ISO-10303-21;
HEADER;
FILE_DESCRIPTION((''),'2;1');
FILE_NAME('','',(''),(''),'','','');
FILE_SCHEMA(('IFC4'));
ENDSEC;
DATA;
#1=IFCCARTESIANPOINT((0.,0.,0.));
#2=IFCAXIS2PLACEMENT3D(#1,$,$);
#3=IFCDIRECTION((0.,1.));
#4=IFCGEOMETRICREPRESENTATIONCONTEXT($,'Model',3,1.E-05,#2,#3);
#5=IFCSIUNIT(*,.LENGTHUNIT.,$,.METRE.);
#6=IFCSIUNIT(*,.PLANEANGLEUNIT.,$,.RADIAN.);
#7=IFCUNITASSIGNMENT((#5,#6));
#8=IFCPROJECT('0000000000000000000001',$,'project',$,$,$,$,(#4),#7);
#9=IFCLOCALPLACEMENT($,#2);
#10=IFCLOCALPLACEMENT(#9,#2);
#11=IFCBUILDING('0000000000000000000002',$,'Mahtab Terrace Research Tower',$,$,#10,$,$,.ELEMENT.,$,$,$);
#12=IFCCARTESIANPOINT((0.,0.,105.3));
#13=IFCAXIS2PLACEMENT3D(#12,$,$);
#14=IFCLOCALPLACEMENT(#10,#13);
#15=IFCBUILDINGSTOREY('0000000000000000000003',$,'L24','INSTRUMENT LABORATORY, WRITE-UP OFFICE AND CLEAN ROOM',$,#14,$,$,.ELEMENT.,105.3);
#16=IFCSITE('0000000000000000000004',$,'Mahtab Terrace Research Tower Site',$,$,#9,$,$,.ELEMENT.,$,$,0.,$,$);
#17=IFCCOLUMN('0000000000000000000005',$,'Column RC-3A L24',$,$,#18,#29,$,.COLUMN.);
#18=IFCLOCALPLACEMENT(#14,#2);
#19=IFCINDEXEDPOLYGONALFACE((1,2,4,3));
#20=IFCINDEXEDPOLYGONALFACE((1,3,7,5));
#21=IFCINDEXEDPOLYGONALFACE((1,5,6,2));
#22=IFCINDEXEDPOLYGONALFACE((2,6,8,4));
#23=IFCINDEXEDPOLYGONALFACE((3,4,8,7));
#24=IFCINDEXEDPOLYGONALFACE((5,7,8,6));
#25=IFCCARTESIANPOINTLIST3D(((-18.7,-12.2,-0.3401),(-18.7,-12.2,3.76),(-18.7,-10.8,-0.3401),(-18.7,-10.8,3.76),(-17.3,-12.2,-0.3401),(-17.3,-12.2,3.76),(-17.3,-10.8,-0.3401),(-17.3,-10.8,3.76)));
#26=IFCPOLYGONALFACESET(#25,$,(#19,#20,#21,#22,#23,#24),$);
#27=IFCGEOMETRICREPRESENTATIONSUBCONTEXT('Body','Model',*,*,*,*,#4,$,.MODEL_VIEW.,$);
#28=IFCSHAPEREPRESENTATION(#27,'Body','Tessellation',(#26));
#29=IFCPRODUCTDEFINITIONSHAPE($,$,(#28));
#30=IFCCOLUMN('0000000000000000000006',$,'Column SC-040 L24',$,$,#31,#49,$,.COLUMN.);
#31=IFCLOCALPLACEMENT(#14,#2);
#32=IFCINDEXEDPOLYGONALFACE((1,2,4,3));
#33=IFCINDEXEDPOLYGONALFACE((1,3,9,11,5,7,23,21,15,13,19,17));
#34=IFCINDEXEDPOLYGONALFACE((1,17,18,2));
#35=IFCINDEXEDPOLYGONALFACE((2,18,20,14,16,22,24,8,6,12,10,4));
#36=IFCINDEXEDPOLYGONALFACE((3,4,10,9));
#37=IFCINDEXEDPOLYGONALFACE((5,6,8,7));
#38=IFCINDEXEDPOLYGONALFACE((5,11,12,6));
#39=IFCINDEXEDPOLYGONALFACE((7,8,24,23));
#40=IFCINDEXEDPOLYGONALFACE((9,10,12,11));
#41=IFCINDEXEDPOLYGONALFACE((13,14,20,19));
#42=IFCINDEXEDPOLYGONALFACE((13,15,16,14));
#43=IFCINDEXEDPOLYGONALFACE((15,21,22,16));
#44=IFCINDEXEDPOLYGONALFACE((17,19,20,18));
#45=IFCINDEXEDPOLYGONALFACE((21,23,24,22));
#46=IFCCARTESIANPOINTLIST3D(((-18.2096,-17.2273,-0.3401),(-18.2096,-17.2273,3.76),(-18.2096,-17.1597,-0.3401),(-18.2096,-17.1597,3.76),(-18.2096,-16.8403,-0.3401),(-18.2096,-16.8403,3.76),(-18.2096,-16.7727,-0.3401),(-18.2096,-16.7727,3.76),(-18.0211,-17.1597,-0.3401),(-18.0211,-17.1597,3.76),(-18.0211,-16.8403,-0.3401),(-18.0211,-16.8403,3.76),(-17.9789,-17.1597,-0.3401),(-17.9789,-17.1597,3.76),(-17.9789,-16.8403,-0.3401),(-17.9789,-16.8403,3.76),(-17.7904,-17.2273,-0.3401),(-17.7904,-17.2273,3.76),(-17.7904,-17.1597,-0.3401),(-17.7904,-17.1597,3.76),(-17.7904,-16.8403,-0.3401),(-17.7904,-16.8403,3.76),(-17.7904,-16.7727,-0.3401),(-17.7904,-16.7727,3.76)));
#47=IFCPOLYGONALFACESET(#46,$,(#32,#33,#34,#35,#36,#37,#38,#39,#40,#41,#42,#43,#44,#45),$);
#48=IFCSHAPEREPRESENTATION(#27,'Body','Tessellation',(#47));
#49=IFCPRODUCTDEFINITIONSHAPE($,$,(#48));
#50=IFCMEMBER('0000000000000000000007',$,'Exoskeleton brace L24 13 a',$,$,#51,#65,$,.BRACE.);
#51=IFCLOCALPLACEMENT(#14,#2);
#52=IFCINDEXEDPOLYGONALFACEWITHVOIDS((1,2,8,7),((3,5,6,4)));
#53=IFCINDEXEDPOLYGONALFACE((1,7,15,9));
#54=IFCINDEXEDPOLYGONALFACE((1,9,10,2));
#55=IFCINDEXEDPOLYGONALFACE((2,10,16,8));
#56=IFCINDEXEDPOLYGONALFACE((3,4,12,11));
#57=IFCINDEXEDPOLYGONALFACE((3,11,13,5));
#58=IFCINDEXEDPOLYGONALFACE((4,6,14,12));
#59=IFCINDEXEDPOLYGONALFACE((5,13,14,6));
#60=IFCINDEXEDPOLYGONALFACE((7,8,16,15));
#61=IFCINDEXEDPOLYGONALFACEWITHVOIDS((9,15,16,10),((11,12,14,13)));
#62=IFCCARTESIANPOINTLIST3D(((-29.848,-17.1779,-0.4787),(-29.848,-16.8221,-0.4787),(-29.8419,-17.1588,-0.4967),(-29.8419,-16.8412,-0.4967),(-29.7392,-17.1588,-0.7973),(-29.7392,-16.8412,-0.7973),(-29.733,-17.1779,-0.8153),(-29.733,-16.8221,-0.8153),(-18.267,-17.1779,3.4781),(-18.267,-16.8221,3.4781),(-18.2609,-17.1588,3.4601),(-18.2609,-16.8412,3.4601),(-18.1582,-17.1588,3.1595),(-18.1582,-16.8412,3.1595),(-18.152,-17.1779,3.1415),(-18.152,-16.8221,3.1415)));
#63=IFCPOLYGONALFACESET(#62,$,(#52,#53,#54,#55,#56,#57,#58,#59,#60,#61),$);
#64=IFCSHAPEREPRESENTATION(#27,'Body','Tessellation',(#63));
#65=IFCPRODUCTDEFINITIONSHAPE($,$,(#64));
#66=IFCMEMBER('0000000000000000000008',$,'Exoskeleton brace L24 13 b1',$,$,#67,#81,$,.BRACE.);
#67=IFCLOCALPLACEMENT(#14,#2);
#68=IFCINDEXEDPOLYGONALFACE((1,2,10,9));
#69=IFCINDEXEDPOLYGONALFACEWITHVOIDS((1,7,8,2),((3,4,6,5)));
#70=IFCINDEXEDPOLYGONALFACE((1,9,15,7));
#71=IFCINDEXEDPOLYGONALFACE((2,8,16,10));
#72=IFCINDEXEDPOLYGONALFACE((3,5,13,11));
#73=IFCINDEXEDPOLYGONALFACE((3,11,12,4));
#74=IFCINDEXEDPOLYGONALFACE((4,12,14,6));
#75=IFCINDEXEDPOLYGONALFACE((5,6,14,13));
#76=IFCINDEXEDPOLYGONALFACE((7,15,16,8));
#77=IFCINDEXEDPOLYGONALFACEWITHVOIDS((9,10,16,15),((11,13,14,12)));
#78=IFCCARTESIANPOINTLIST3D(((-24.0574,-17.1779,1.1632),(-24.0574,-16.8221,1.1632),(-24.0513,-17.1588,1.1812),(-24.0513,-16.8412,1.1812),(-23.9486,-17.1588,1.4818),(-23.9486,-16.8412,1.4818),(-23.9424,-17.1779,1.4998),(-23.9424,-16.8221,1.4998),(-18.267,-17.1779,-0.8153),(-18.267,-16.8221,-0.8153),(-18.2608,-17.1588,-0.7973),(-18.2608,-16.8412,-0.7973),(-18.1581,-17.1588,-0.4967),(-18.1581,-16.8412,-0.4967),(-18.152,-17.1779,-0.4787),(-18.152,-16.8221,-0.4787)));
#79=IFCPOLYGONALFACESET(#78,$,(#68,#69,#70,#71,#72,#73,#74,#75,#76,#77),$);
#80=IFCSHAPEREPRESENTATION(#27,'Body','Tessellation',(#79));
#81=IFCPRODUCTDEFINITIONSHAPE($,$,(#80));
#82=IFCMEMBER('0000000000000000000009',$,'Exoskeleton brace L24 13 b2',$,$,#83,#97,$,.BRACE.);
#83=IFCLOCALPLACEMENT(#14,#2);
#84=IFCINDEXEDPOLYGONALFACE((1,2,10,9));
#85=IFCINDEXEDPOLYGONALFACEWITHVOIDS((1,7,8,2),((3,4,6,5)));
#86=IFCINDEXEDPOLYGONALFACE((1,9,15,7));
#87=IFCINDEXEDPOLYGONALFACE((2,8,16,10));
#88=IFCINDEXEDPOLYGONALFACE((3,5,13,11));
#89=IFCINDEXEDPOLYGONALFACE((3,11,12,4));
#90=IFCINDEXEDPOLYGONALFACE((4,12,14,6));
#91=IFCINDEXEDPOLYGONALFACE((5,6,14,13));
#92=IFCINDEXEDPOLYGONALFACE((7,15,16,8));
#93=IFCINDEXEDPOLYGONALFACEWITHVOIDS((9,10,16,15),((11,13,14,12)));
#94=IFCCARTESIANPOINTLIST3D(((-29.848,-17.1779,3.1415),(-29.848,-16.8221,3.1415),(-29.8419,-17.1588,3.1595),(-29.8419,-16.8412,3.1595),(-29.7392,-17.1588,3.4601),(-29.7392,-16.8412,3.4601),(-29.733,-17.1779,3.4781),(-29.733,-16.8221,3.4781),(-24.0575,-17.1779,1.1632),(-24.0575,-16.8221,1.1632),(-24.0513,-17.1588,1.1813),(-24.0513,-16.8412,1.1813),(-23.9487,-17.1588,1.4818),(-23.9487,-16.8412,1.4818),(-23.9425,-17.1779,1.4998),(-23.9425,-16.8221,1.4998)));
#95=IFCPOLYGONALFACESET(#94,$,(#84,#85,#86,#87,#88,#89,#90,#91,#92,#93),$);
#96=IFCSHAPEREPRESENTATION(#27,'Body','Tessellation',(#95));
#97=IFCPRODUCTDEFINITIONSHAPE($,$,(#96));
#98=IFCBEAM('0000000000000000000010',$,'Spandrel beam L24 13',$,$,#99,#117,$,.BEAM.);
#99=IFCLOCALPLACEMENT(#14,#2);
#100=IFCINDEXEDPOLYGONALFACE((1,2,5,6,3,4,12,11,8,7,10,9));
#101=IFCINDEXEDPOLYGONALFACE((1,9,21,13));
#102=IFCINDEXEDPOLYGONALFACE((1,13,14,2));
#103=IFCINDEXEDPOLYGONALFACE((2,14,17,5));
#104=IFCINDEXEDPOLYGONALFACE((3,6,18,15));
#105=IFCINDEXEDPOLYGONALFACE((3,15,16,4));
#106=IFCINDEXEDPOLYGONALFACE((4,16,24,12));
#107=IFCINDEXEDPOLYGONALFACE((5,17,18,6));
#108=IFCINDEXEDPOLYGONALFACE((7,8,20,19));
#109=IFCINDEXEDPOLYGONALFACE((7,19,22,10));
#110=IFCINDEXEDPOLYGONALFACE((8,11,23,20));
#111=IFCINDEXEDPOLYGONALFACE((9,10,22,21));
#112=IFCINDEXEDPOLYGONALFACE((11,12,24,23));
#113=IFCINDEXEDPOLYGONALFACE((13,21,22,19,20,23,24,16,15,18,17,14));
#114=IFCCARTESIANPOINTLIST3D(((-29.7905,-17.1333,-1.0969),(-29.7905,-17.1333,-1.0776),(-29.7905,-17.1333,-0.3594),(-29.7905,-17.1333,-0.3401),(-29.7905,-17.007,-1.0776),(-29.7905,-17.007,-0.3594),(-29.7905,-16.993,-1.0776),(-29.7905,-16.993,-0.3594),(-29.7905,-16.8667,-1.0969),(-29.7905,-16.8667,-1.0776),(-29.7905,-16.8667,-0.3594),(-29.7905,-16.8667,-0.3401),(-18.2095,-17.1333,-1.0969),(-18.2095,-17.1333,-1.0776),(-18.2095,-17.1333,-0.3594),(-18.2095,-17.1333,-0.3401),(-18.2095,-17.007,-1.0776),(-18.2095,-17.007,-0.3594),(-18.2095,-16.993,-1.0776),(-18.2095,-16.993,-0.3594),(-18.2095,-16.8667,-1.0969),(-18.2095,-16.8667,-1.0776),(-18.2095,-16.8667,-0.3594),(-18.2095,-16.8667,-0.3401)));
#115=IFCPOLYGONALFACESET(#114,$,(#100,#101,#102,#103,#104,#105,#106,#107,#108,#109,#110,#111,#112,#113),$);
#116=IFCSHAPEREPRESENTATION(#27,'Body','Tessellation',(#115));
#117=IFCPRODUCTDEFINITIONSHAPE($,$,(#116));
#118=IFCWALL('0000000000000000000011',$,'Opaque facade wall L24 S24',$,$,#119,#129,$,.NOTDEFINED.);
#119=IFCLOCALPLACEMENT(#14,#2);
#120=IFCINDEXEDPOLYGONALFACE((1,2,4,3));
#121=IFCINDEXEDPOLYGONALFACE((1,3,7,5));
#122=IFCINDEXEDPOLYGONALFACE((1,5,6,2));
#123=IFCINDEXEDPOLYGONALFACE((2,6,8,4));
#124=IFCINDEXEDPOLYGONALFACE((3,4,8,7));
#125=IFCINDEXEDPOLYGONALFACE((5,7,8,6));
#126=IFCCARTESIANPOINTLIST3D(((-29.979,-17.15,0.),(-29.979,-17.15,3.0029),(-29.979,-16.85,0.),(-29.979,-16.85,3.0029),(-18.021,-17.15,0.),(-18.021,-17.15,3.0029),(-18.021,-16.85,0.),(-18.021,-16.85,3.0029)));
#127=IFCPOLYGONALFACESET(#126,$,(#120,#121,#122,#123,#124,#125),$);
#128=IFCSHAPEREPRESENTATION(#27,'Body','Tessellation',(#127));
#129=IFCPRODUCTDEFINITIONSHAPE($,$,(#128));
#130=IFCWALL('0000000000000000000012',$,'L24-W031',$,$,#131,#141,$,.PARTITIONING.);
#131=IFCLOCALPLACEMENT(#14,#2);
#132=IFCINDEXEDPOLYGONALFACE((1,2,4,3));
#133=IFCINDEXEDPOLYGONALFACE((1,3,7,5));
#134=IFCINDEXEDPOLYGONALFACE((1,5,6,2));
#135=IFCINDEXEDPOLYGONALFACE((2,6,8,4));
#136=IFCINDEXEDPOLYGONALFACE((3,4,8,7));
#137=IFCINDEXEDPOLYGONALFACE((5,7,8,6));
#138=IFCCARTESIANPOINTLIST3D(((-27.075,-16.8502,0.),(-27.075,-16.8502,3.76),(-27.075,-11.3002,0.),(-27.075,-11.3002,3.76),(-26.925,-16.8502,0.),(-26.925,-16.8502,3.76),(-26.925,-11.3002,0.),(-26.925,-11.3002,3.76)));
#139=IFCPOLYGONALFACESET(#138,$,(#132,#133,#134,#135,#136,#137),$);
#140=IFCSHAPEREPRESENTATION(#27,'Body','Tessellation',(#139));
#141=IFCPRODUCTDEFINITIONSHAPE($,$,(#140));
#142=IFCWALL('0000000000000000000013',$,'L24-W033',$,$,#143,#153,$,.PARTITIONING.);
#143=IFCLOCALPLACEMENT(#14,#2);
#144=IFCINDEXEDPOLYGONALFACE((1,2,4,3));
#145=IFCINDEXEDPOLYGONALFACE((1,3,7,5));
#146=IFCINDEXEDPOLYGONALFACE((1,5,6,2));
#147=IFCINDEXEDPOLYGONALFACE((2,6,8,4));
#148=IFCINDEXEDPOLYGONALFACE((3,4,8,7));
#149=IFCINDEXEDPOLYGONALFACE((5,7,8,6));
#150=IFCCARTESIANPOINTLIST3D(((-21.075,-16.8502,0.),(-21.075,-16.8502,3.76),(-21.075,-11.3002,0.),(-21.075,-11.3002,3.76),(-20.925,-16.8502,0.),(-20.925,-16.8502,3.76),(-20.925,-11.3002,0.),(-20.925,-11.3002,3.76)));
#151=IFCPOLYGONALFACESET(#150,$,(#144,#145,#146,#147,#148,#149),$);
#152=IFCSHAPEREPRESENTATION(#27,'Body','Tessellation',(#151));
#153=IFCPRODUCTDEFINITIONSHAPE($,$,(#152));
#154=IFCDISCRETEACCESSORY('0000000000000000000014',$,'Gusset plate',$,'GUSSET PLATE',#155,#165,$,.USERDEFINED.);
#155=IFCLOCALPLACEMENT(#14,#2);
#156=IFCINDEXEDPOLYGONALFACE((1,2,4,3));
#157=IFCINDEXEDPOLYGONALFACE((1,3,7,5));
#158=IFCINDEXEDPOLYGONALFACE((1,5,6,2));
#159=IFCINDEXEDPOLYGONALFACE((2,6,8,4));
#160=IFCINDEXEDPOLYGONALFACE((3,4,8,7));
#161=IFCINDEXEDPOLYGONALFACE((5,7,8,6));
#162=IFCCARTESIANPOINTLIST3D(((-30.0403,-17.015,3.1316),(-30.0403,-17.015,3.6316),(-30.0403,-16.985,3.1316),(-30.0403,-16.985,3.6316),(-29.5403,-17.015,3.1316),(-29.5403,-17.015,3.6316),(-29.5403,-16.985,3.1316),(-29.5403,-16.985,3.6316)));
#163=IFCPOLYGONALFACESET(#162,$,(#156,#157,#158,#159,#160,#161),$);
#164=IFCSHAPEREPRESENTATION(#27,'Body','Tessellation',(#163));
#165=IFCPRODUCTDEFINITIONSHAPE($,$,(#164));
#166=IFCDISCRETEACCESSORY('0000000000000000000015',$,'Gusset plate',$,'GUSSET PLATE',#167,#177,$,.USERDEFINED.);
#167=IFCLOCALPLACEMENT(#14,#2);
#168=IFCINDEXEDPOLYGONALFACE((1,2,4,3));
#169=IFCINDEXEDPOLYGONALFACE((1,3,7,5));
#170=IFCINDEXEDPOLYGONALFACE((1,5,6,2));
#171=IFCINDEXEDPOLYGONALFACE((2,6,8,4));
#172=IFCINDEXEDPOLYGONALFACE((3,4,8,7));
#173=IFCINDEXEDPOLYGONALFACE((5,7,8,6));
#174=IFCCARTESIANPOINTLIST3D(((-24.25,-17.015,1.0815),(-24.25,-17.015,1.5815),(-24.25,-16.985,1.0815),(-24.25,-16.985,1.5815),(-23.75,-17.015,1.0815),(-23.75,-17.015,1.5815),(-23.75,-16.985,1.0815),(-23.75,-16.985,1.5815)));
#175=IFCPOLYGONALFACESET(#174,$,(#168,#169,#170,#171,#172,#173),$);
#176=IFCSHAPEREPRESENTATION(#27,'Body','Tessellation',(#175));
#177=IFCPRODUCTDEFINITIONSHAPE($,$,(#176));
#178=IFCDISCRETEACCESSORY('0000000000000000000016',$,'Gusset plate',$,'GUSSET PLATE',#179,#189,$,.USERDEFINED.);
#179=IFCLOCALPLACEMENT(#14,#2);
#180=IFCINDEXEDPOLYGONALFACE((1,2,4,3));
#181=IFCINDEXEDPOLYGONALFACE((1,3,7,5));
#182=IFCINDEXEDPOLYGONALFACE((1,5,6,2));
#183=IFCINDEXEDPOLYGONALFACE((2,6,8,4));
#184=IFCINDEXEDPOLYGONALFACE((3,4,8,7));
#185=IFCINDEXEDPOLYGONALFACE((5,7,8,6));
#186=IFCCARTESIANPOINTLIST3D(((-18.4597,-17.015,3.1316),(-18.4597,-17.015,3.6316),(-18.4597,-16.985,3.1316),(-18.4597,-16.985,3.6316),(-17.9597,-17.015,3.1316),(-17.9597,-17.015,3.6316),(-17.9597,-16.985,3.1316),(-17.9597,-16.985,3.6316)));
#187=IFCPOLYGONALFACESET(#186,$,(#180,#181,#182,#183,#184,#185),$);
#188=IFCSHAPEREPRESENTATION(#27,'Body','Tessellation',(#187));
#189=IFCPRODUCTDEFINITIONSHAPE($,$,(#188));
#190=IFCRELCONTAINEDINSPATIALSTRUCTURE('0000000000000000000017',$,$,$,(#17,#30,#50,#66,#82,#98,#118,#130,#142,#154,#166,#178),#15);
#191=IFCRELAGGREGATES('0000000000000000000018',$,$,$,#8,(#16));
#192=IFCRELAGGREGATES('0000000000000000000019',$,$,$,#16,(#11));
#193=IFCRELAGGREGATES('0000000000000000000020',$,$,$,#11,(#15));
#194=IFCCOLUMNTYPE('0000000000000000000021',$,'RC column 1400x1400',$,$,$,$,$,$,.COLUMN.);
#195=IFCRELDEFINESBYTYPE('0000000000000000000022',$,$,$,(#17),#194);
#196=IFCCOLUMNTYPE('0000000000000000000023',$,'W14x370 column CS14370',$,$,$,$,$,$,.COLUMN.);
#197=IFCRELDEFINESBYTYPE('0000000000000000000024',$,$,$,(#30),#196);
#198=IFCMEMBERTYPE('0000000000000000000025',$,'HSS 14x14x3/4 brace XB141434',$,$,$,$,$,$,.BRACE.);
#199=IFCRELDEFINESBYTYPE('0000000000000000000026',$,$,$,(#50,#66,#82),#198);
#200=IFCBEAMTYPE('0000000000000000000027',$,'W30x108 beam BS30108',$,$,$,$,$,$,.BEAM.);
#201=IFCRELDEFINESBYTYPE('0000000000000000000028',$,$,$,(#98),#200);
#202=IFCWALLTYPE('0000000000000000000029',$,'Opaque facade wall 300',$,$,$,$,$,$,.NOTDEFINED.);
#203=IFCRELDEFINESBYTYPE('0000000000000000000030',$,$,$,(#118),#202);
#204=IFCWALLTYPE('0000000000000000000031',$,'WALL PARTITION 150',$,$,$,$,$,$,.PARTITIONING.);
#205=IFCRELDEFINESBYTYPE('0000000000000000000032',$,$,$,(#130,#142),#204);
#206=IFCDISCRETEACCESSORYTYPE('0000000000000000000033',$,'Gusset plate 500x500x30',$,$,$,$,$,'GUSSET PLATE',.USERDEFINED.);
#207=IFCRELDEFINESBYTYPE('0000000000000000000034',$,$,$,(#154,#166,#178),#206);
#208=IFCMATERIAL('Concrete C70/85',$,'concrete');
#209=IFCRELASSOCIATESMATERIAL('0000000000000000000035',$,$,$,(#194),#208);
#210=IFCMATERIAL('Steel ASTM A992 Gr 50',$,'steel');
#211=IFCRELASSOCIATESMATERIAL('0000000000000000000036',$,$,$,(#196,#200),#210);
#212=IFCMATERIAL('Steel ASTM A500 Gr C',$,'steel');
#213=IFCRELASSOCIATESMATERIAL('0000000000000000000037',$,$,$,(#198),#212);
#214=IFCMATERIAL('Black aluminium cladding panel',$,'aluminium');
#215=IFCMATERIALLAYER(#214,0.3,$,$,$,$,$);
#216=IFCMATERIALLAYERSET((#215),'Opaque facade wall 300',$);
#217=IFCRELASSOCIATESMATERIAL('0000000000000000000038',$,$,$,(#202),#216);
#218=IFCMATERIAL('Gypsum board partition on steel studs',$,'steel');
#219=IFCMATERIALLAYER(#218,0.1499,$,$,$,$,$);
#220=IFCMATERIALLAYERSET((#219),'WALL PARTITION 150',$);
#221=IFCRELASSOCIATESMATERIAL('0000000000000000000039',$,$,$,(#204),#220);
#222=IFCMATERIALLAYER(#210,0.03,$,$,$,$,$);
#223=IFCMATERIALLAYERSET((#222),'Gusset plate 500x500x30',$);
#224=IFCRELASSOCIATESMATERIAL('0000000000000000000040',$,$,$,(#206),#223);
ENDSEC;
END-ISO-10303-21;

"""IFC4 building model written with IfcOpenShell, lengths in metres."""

from ifc_helpers import new_model, si_unit, direction, frame, frame_2d, origin, origin_2d, place, context, subcontext, project, spatial, rectangle, hollow_rectangle, i_section, extrude, material, layer, layer_set, material_profile, profile_set, type_object, element, save


model = new_model("IFC4")

# Units and contexts
model_context = context("Model", 3, precision=1e-05, world=origin(), true_north=direction((0.0, 1.0)))
body_context = subcontext(model_context, "Body", "Model", "MODEL_VIEW")
ifc_project = project(units=[si_unit("LENGTHUNIT", "METRE"), si_unit("PLANEANGLEUNIT", "RADIAN")], contexts=[model_context])

# Site, building, storey
site_placement = place(None, origin())
site = spatial("IfcSite", under=ifc_project, at=site_placement, Name="Mahtab Terrace Research Tower Site", CompositionType="ELEMENT", RefElevation=0.0)
building_placement = place(site_placement, origin())
building = spatial("IfcBuilding", under=site, at=building_placement, Name="Mahtab Terrace Research Tower", CompositionType="ELEMENT")
storey_placement = place(building_placement, frame((0.0, 0.0, 105.3)))
storey = spatial("IfcBuildingStorey", under=building, at=storey_placement, Name="L24", Description="INSTRUMENT LABORATORY, WRITE-UP OFFICE AND CLEAN ROOM", CompositionType="ELEMENT", Elevation=105.3)

# Columns
ifc_material_1 = material(Name="Concrete C70/85", Category="concrete")
ifc_material_profile_1 = material_profile(ifc_material_1, rectangle(XDim=1.3999, YDim=1.3999, at=origin_2d()), Name="RC column 1400x1400")
ifc_profile_set_1 = profile_set([ifc_material_profile_1], Name="Concrete C70/85")
column_type_1 = type_object("IfcColumnType", Name="RC column 1400x1400", PredefinedType="COLUMN", material=ifc_profile_set_1)
column_1_placement = place(storey_placement, frame((-18.0, -11.5, -0.3401), z_axis=(0.0, 0.0, 1.0), x_axis=(1.0, 0.0, 0.0)))
element("IfcColumn", 1, at=column_1_placement, inside=storey, type_object=column_type_1, Name="Column RC-3A L24", PredefinedType="COLUMN", context=body_context, shape_type="SweptSolid", body=[
    extrude(rectangle(XDim=1.3999, YDim=1.3999, at=origin_2d()), origin(), (0.0, 0.0, 1.0), 4.1001),
])
ifc_material_2 = material(Name="Steel ASTM A992 Gr 50", Category="steel")
ifc_material_profile_2 = material_profile(ifc_material_2, i_section(OverallWidth=0.4192, OverallDepth=0.4546, WebThickness=0.0422, FlangeThickness=0.0676, at=origin_2d()), Name="W14X370")
ifc_profile_set_2 = profile_set([ifc_material_profile_2], Name="Steel ASTM A992 Gr 50")
column_type_2 = type_object("IfcColumnType", Name="W14x370 column CS14370", PredefinedType="COLUMN", material=ifc_profile_set_2)
column_2_placement = place(storey_placement, frame((-18.0, -17.0, -0.3401), z_axis=(0.0, 0.0, 1.0), x_axis=(1.0, 0.0, 0.0)))
element("IfcColumn", 2, at=column_2_placement, inside=storey, type_object=column_type_2, Name="Column SC-040 L24", PredefinedType="COLUMN", context=body_context, shape_type="SweptSolid", body=[
    extrude(i_section(OverallWidth=0.4192, OverallDepth=0.4546, WebThickness=0.0422, FlangeThickness=0.0676, at=origin_2d()), origin(), (0.0, 0.0, 1.0), 4.1001),
])

# Members
ifc_material_3 = material(Name="Steel ASTM A500 Gr C", Category="steel")
ifc_material_profile_3 = material_profile(ifc_material_3, hollow_rectangle(XDim=0.3557, YDim=0.3557, WallThickness=0.019, at=origin_2d()), Name="HSS14X14X3/4")
ifc_profile_set_3 = profile_set([ifc_material_profile_3], Name="Steel ASTM A500 Gr C")
member_type = type_object("IfcMemberType", Name="HSS 14x14x3/4 brace XB141434", PredefinedType="BRACE", material=ifc_profile_set_3)
member_placement = place(storey_placement, frame((-29.7905, -17.0, -0.647), z_axis=(0.946293, 0.0, 0.323311), x_axis=(0.0, 1.0, 0.0)))
element("IfcMember", 3, at=member_placement, inside=storey, type_object=member_type, Name="Exoskeleton brace L24 13 a", PredefinedType="BRACE", context=body_context, shape_type="SweptSolid", body=[
    extrude(hollow_rectangle(XDim=0.3557, YDim=0.3557, WallThickness=0.019, at=origin_2d()), origin(), (0.0, 0.0, 1.0), 12.2383),
])
for number, where, z_axis, x_axis, name in (
    (4, (-18.2095, -17.0, -0.647), (-0.946287, 0.0, 0.323329), (0.0, -1.0, 0.0), "Exoskeleton brace L24 13 b1"),
    (5, (-24.0, -17.0, 1.3315), (-0.946299, 0.0, 0.323293), (0.0, -1.0, 0.0), "Exoskeleton brace L24 13 b2"),
):
    element("IfcMember", number, at=place(storey_placement, frame(where, z_axis=z_axis, x_axis=x_axis)), inside=storey, type_object=member_type, Name=name, PredefinedType="BRACE", context=body_context, shape_type="SweptSolid", body=[
        extrude(hollow_rectangle(XDim=0.3557, YDim=0.3557, WallThickness=0.019, at=origin_2d()), origin(), (0.0, 0.0, 1.0), 6.1191),
    ])

# Beam
ifc_material_profile_4 = material_profile(ifc_material_2, i_section(OverallWidth=0.2666, OverallDepth=0.7568, WebThickness=0.0139, FlangeThickness=0.0193, at=origin_2d()), Name="W30X108")
ifc_profile_set_4 = profile_set([ifc_material_profile_4], Name="Steel ASTM A992 Gr 50")
beam_type = type_object("IfcBeamType", Name="W30x108 beam BS30108", PredefinedType="BEAM", material=ifc_profile_set_4)
beam_placement = place(storey_placement, frame((-29.7905, -17.0, -0.7185), z_axis=(1.0, 0.0, 0.0), x_axis=(0.0, 1.0, 0.0)))
element("IfcBeam", 6, at=beam_placement, inside=storey, type_object=beam_type, Name="Spandrel beam L24 13", PredefinedType="BEAM", context=body_context, shape_type="SweptSolid", body=[
    extrude(i_section(OverallWidth=0.2666, OverallDepth=0.7568, WebThickness=0.0139, FlangeThickness=0.0193, at=origin_2d()), origin(), (0.0, 0.0, 1.0), 11.5811),
])

# Walls
ifc_material_4 = material(Name="Black aluminium cladding panel", Category="aluminium")
ifc_layer_1 = layer(ifc_material_4, 0.3)
ifc_layer_set_1 = layer_set([ifc_layer_1], Name="Opaque facade wall 300")
wall_type_1 = type_object("IfcWallType", Name="Opaque facade wall 300", PredefinedType="NOTDEFINED", material=ifc_layer_set_1)
wall_placement = place(storey_placement, frame((-29.979, -17.0, 0.0), z_axis=(0.0, 0.0, 1.0), x_axis=(1.0, 0.0, 0.0)))
element("IfcWall", 7, at=wall_placement, inside=storey, type_object=wall_type_1, Name="Opaque facade wall L24 S24", PredefinedType="NOTDEFINED", context=body_context, shape_type="SweptSolid", body=[
    extrude(rectangle(XDim=11.958, YDim=0.3, at=frame_2d((5.979, 0.0))), origin(), (0.0, 0.0, 1.0), 3.0029),
])
ifc_material_5 = material(Name="Gypsum board partition on steel studs", Category="steel")
ifc_layer_2 = layer(ifc_material_5, 0.1499)
ifc_layer_set_2 = layer_set([ifc_layer_2], Name="WALL PARTITION 150")
wall_type_2 = type_object("IfcWallType", Name="WALL PARTITION 150", PredefinedType="PARTITIONING", material=ifc_layer_set_2)
for number, where, z_axis, x_axis, name in (
    (8, (-27.0, -16.8501, 0.0), (0.0, 0.0, 1.0), (0.0, 1.0, 0.0), "L24-W031"),
    (9, (-21.0, -16.8501, 0.0), (0.0, 0.0, 1.0), (0.0, 1.0, 0.0), "L24-W033"),
):
    element("IfcWall", number, at=place(storey_placement, frame(where, z_axis=z_axis, x_axis=x_axis)), inside=storey, type_object=wall_type_2, Name=name, PredefinedType="PARTITIONING", context=body_context, shape_type="SweptSolid", body=[
        extrude(rectangle(XDim=5.55, YDim=0.1499, at=frame_2d((2.7749, 0.0))), origin(), (0.0, 0.0, 1.0), 3.76),
    ])

# Discrete accessories
ifc_layer_3 = layer(ifc_material_2, 0.03)
ifc_layer_set_3 = layer_set([ifc_layer_3], Name="Gusset plate 500x500x30")
discrete_accessory_type = type_object("IfcDiscreteAccessoryType", Name="Gusset plate 500x500x30", ElementType="GUSSET PLATE", PredefinedType="USERDEFINED", material=ifc_layer_set_3)
for number, where, z_axis, x_axis, name in (
    (10, (-29.7903, -17.0, 3.1316), (0.0, 0.0, 1.0), (1.0, 0.0, 0.0), "Gusset plate"),
    (11, (-24.0, -17.0, 1.0815), (0.0, 0.0, 1.0), (1.0, 0.0, 0.0), "Gusset plate"),
    (12, (-18.2097, -17.0, 3.1316), (0.0, 0.0, 1.0), (1.0, 0.0, 0.0), "Gusset plate"),
):
    element("IfcDiscreteAccessory", number, at=place(storey_placement, frame(where, z_axis=z_axis, x_axis=x_axis)), inside=storey, type_object=discrete_accessory_type, Name=name, ObjectType="GUSSET PLATE", PredefinedType="USERDEFINED", context=body_context, shape_type="SweptSolid", body=[
        extrude(rectangle(XDim=0.5, YDim=0.03, at=origin_2d()), origin(), (0.0, 0.0, 1.0), 0.5),
    ])

save(model, "model.ifc")
